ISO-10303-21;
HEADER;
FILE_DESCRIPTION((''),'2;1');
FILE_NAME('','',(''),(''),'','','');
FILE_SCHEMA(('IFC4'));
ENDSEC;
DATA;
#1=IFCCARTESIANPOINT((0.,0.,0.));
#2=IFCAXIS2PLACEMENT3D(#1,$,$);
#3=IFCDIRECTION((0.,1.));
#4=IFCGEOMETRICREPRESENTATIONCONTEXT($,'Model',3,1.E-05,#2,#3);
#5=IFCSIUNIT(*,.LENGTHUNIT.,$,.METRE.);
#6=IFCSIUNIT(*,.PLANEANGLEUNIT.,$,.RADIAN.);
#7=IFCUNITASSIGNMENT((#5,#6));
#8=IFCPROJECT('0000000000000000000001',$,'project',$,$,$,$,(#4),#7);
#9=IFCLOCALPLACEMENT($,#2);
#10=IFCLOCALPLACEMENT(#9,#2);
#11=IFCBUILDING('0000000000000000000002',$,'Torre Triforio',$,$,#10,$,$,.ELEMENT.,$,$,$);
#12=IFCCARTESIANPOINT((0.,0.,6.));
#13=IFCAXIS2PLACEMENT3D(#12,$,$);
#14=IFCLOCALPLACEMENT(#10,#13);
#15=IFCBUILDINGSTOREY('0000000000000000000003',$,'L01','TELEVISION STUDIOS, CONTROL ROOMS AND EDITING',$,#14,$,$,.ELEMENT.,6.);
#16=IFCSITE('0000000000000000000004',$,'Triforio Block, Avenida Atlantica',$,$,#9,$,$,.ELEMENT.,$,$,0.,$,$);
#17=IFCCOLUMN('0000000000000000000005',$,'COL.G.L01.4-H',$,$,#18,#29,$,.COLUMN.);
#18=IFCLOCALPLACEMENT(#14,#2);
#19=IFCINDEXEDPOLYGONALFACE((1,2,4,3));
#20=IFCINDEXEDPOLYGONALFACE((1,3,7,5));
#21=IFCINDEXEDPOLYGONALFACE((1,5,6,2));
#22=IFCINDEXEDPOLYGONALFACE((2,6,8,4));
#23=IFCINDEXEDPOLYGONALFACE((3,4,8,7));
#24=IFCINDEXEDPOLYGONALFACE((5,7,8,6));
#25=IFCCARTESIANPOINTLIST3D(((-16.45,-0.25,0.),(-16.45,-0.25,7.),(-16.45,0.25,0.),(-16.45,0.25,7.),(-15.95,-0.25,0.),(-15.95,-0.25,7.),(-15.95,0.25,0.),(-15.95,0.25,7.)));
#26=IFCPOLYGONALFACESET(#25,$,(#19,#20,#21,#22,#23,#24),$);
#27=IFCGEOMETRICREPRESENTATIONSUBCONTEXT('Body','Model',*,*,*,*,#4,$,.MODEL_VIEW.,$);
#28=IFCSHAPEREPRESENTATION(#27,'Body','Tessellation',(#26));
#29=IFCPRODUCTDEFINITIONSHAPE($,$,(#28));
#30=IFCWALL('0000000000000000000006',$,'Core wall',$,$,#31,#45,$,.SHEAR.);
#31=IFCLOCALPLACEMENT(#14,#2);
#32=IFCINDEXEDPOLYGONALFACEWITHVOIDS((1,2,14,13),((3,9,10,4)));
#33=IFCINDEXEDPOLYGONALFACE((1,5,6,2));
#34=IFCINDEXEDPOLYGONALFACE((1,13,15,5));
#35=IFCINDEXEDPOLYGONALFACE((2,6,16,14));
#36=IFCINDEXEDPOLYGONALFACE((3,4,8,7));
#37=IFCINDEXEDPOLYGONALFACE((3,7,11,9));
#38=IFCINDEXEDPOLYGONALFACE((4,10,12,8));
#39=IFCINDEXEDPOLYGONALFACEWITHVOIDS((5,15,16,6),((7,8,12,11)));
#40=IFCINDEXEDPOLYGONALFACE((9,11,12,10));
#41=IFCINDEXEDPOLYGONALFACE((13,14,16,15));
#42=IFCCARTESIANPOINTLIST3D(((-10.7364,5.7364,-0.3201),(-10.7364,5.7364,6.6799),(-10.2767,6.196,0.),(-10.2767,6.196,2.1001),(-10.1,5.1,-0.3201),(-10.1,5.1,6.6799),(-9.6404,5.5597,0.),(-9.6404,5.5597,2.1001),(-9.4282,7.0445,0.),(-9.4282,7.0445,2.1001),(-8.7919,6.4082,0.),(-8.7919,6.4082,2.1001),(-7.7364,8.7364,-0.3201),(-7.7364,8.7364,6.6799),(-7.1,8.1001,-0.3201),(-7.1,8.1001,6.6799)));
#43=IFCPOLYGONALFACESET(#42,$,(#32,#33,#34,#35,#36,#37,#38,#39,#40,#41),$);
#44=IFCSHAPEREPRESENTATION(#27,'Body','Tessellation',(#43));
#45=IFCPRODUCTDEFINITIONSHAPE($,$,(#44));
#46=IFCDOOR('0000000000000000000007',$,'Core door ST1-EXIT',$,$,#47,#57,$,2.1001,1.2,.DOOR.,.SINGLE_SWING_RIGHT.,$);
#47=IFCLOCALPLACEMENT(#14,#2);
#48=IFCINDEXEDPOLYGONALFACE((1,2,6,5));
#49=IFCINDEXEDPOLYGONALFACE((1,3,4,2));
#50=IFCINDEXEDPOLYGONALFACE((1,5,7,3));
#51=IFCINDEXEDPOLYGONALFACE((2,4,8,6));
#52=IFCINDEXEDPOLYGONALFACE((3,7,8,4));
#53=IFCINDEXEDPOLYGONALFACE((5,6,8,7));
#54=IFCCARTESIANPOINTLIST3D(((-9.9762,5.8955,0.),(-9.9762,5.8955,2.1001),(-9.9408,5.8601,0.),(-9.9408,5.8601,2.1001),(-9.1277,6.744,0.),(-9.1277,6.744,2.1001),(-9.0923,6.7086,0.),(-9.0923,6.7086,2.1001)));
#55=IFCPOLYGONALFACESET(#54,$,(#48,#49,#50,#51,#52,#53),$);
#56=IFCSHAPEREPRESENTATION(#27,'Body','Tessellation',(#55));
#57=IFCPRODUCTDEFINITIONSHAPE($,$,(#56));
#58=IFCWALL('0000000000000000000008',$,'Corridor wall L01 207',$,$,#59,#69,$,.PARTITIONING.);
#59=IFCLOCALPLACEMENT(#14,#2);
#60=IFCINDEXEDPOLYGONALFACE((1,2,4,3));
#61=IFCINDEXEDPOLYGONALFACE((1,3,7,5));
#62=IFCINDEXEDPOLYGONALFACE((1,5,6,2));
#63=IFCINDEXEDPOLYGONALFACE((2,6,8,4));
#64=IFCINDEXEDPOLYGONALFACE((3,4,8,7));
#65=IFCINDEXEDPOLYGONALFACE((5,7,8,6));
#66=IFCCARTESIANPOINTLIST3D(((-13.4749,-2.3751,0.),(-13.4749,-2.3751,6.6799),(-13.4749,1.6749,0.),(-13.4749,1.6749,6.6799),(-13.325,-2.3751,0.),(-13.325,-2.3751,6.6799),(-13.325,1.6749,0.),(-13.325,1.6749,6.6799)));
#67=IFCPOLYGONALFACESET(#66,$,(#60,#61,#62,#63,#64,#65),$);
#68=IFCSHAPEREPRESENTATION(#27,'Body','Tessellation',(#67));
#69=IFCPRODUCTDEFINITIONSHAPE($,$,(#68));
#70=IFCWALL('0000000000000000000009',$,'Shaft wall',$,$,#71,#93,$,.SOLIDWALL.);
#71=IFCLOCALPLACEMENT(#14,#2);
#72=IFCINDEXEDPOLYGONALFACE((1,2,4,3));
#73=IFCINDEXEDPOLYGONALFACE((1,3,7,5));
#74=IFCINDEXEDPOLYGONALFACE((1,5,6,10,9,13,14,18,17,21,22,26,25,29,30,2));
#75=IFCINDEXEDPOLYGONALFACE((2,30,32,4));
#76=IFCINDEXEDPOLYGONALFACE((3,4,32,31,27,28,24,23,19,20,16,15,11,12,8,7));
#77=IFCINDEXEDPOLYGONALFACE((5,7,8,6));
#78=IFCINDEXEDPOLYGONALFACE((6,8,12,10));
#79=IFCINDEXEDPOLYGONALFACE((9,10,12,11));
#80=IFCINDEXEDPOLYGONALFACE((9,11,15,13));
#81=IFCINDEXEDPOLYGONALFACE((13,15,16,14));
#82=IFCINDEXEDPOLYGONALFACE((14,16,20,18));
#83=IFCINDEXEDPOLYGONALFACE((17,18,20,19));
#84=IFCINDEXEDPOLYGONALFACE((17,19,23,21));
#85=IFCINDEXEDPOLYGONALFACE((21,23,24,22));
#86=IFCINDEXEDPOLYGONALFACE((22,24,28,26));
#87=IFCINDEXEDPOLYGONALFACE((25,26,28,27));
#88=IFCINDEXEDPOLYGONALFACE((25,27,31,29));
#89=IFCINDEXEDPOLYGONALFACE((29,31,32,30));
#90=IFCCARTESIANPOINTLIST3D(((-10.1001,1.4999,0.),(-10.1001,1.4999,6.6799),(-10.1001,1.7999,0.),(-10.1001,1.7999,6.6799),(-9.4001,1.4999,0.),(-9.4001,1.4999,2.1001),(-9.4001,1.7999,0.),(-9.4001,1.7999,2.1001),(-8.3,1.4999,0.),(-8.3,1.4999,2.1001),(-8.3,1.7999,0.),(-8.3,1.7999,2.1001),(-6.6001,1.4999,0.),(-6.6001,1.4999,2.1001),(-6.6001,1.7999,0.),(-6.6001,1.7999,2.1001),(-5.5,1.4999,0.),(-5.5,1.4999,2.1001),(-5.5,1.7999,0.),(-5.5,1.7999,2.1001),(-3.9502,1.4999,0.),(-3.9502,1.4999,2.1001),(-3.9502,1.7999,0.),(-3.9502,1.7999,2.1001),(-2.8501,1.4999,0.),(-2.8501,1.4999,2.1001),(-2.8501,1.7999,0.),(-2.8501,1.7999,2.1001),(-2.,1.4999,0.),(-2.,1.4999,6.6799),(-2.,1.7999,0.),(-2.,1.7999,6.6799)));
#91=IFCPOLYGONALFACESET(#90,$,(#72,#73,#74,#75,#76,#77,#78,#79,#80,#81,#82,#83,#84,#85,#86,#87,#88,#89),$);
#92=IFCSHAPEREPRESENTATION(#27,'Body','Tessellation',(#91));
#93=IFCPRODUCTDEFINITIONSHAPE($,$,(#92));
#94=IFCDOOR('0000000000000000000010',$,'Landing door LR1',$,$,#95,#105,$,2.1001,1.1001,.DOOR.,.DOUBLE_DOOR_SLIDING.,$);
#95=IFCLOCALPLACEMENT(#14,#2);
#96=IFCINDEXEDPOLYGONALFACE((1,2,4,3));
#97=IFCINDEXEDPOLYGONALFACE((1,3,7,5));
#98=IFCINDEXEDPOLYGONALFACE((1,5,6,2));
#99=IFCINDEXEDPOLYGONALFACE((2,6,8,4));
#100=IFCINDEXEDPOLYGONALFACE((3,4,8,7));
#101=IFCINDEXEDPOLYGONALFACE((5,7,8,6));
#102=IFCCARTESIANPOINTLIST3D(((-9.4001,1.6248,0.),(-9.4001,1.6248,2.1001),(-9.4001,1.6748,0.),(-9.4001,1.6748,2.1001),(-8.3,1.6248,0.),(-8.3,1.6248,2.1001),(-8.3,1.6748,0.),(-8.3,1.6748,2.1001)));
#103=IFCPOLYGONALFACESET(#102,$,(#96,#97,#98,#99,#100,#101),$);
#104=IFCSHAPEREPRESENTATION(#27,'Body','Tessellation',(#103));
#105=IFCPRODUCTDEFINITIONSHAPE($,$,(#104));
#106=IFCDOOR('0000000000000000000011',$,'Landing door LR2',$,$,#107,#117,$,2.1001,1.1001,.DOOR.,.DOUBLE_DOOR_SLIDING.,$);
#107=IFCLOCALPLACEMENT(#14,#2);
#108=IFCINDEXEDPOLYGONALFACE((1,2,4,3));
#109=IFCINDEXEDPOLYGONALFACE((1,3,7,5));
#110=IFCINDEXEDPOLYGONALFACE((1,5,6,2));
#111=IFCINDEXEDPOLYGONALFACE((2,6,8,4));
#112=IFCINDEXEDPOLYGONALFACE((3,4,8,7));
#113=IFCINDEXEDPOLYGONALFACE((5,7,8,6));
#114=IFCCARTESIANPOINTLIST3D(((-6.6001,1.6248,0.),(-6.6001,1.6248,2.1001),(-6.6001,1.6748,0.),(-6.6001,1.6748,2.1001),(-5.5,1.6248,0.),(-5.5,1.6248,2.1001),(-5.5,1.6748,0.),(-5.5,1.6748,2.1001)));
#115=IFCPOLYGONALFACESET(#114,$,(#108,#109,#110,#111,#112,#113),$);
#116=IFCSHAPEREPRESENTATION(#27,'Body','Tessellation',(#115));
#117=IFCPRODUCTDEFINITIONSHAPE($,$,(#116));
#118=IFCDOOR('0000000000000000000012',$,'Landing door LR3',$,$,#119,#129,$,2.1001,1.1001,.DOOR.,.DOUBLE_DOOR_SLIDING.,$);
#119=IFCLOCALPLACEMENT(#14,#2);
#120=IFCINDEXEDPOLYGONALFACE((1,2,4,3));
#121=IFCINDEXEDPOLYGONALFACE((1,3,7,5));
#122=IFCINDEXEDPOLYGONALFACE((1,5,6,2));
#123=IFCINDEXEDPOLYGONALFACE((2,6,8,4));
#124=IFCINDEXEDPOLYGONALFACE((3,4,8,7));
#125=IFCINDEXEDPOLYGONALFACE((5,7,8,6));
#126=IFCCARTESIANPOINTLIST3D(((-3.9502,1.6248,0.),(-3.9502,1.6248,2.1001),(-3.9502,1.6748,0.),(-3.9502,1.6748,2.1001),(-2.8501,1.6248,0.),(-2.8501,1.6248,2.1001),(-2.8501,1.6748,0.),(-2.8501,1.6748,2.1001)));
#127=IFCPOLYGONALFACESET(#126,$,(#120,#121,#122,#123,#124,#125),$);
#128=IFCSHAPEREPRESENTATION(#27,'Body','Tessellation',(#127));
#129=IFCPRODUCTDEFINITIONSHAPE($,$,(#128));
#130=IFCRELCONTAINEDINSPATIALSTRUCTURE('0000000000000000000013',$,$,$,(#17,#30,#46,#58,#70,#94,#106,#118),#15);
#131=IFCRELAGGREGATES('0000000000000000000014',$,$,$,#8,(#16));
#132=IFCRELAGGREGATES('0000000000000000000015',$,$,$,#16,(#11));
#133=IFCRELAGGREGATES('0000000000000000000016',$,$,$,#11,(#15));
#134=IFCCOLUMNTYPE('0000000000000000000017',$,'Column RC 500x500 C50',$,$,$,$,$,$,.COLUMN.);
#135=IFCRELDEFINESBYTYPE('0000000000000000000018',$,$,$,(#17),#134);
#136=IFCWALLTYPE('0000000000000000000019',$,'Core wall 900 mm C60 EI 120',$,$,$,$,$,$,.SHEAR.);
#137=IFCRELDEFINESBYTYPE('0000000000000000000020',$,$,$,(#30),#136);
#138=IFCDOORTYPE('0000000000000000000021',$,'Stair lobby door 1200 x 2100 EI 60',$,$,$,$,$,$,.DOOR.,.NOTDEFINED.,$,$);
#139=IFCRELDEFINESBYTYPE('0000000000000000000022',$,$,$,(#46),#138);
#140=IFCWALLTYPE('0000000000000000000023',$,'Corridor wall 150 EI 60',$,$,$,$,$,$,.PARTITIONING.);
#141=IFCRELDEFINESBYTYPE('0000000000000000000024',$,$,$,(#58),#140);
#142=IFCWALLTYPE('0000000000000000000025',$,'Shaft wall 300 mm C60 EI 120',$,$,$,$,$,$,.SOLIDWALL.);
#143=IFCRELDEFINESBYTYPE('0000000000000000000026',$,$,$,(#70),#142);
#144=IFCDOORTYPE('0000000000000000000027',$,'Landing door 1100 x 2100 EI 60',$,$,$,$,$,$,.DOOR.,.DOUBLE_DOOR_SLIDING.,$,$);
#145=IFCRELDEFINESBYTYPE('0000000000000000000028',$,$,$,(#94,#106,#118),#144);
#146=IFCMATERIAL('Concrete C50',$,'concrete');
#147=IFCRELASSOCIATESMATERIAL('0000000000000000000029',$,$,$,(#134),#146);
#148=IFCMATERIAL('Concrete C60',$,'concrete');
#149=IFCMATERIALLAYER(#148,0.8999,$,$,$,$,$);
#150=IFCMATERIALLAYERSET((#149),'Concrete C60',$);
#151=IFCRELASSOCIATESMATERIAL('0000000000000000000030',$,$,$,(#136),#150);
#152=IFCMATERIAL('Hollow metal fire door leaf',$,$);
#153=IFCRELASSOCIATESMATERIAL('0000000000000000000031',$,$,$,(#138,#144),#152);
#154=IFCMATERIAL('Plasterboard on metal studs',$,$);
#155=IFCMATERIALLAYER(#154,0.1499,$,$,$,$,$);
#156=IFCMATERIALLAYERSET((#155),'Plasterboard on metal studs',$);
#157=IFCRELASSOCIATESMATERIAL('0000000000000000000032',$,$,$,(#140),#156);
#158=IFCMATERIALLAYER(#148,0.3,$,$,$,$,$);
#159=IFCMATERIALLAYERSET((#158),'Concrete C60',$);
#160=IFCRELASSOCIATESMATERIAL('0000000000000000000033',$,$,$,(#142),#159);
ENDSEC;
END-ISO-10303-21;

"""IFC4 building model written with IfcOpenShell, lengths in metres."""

from ifc_helpers import new_model, si_unit, direction, frame, frame_2d, origin, origin_2d, place, context, subcontext, project, spatial, rectangle, extrude, material, layer, layer_set, material_profile, profile_set, type_object, element, fill, save


model = new_model("IFC4")

# Units and contexts
model_context = context("Model", 3, precision=1e-05, world=origin(), true_north=direction((0.0, 1.0)))
body_context = subcontext(model_context, "Body", "Model", "MODEL_VIEW")
ifc_project = project(units=[si_unit("LENGTHUNIT", "METRE"), si_unit("PLANEANGLEUNIT", "RADIAN")], contexts=[model_context])

# Site, building, storey
site_placement = place(None, origin())
site = spatial("IfcSite", under=ifc_project, at=site_placement, Name="Triforio Block, Avenida Atlantica", CompositionType="ELEMENT", RefElevation=0.0)
building_placement = place(site_placement, origin())
building = spatial("IfcBuilding", under=site, at=building_placement, Name="Torre Triforio", CompositionType="ELEMENT")
storey_placement = place(building_placement, frame((0.0, 0.0, 6.0)))
storey = spatial("IfcBuildingStorey", under=building, at=storey_placement, Name="L01", Description="TELEVISION STUDIOS, CONTROL ROOMS AND EDITING", CompositionType="ELEMENT", Elevation=6.0)

# Column
ifc_material_1 = material(Name="Concrete C50", Category="concrete")
ifc_material_profile = material_profile(ifc_material_1, rectangle(XDim=0.5, YDim=0.5, at=origin_2d()), Name="RC 500x500")
ifc_profile_set = profile_set([ifc_material_profile], Name="Concrete C50")
column_type = type_object("IfcColumnType", Name="Column RC 500x500 C50", PredefinedType="COLUMN", material=ifc_profile_set)
column_placement = place(storey_placement, frame((-16.2, 0.0, 0.0), z_axis=(0.0, 0.0, 1.0), x_axis=(1.0, 0.0, 0.0)))
element("IfcColumn", 1, at=column_placement, inside=storey, type_object=column_type, Name="COL.G.L01.4-H", PredefinedType="COLUMN", context=body_context, shape_type="SweptSolid", body=[
    extrude(rectangle(XDim=0.5, YDim=0.5, at=origin_2d()), origin(), (0.0, 0.0, 1.0), 7.0),
])

# Wall, opening, door
ifc_material_2 = material(Name="Concrete C60", Category="concrete")
ifc_layer_1 = layer(ifc_material_2, 0.8999)
ifc_layer_set_1 = layer_set([ifc_layer_1], Name="Concrete C60")
wall_type_1 = type_object("IfcWallType", Name="Core wall 900 mm C60 EI 120", PredefinedType="SHEAR", material=ifc_layer_set_1)
wall_1_placement = place(storey_placement, frame((-10.4182, 5.4182, -0.3201), z_axis=(0.0, 0.0, 1.0), x_axis=(0.707107, 0.707107, 0.0)))
wall_1 = element("IfcWall", 2, at=wall_1_placement, inside=storey, type_object=wall_type_1, Name="Core wall", PredefinedType="SHEAR", context=body_context, shape_type="SweptSolid", body=[
    extrude(rectangle(XDim=4.2427, YDim=0.8999, at=frame_2d((2.1213, 0.0))), origin(), (0.0, 0.0, 1.0), 7.0),
])
opening_1_placement = place(wall_1_placement, frame((0.6499, 0.0, 0.3201)))
opening_1 = element("IfcOpeningElement", 3, at=opening_1_placement, cuts=wall_1, PredefinedType="OPENING", context=body_context, shape_type="SweptSolid", body=[
    extrude(rectangle(XDim=1.2, YDim=2.1001, at=frame_2d((0.6001, 1.05))), frame((0.0, 0.46, 0.0), z_axis=(0.0, -1.0, 0.0), x_axis=(1.0, 0.0, 0.0)), (0.0, 0.0, 1.0), 0.9199),
])
ifc_material_3 = material(Name="Hollow metal fire door leaf")
door_type_1 = type_object("IfcDoorType", Name="Stair lobby door 1200 x 2100 EI 60", OperationType="NOTDEFINED", PredefinedType="DOOR", material=ifc_material_3)
door_1_placement = place(opening_1_placement, origin())
door_1 = element("IfcDoor", 4, at=door_1_placement, inside=storey, type_object=door_type_1, Name="Core door ST1-EXIT", OperationType="SINGLE_SWING_RIGHT", OverallHeight=2.1001, OverallWidth=1.2, PredefinedType="DOOR", context=body_context, shape_type="SweptSolid", body=[
    extrude(rectangle(XDim=1.2, YDim=2.1001, at=frame_2d((0.6001, 1.05))), frame((0.0, 0.0249, 0.0), z_axis=(0.0, -1.0, 0.0), x_axis=(1.0, 0.0, 0.0)), (0.0, 0.0, 1.0), 0.05),
])
fill(opening_1, door_1)

# Wall
ifc_material_4 = material(Name="Plasterboard on metal studs")
ifc_layer_2 = layer(ifc_material_4, 0.1499)
ifc_layer_set_2 = layer_set([ifc_layer_2], Name="Plasterboard on metal studs")
wall_type_2 = type_object("IfcWallType", Name="Corridor wall 150 EI 60", PredefinedType="PARTITIONING", material=ifc_layer_set_2)
wall_2_placement = place(storey_placement, frame((-13.3999, -2.375, 0.0), z_axis=(0.0, 0.0, 1.0), x_axis=(0.0, 1.0, 0.0)))
element("IfcWall", 5, at=wall_2_placement, inside=storey, type_object=wall_type_2, Name="Corridor wall L01 207", PredefinedType="PARTITIONING", context=body_context, shape_type="SweptSolid", body=[
    extrude(rectangle(XDim=4.05, YDim=0.1499, at=frame_2d((2.0249, 0.0))), origin(), (0.0, 0.0, 1.0), 6.6799),
])

# Wall, openings, doors
ifc_layer_3 = layer(ifc_material_2, 0.3)
ifc_layer_set_3 = layer_set([ifc_layer_3], Name="Concrete C60")
wall_type_3 = type_object("IfcWallType", Name="Shaft wall 300 mm C60 EI 120", PredefinedType="SOLIDWALL", material=ifc_layer_set_3)
wall_3_placement = place(storey_placement, frame((-10.1001, 1.6499, 0.0), z_axis=(0.0, 0.0, 1.0), x_axis=(1.0, 0.0, 0.0)))
wall_3 = element("IfcWall", 6, at=wall_3_placement, inside=storey, type_object=wall_type_3, Name="Shaft wall", PredefinedType="SOLIDWALL", context=body_context, shape_type="SweptSolid", body=[
    extrude(rectangle(XDim=8.1001, YDim=0.3, at=frame_2d((4.05, 0.0))), origin(), (0.0, 0.0, 1.0), 6.6799),
])
opening_2_placement = place(wall_3_placement, frame((0.7, 0.0, 0.0)))
opening_2 = element("IfcOpeningElement", 7, at=opening_2_placement, cuts=wall_3, PredefinedType="OPENING", context=body_context, shape_type="SweptSolid", body=[
    extrude(rectangle(XDim=1.1001, YDim=2.1001, at=frame_2d((0.55, 1.05))), frame((0.0, 0.1599, 0.0), z_axis=(0.0, -1.0, 0.0), x_axis=(1.0, 0.0, 0.0)), (0.0, 0.0, 1.0), 0.3201),
])
opening_3_placement = place(wall_3_placement, frame((3.5, 0.0, 0.0)))
opening_3 = element("IfcOpeningElement", 8, at=opening_3_placement, cuts=wall_3, PredefinedType="OPENING", context=body_context, shape_type="SweptSolid", body=[
    extrude(rectangle(XDim=1.1001, YDim=2.1001, at=frame_2d((0.55, 1.05))), frame((0.0, 0.1599, 0.0), z_axis=(0.0, -1.0, 0.0), x_axis=(1.0, 0.0, 0.0)), (0.0, 0.0, 1.0), 0.3201),
])
opening_4_placement = place(wall_3_placement, frame((6.1499, 0.0, 0.0)))
opening_4 = element("IfcOpeningElement", 9, at=opening_4_placement, cuts=wall_3, PredefinedType="OPENING", context=body_context, shape_type="SweptSolid", body=[
    extrude(rectangle(XDim=1.1001, YDim=2.1001, at=frame_2d((0.55, 1.05))), frame((0.0, 0.1599, 0.0), z_axis=(0.0, -1.0, 0.0), x_axis=(1.0, 0.0, 0.0)), (0.0, 0.0, 1.0), 0.3201),
])
door_type_2 = type_object("IfcDoorType", Name="Landing door 1100 x 2100 EI 60", OperationType="DOUBLE_DOOR_SLIDING", PredefinedType="DOOR", material=ifc_material_3)
door_2_placement = place(opening_2_placement, origin())
door_2 = element("IfcDoor", 10, at=door_2_placement, inside=storey, type_object=door_type_2, Name="Landing door LR1", OperationType="DOUBLE_DOOR_SLIDING", OverallHeight=2.1001, OverallWidth=1.1001, PredefinedType="DOOR", context=body_context, shape_type="SweptSolid", body=[
    extrude(rectangle(XDim=1.1001, YDim=2.1001, at=frame_2d((0.55, 1.05))), frame((0.0, 0.0249, 0.0), z_axis=(0.0, -1.0, 0.0), x_axis=(1.0, 0.0, 0.0)), (0.0, 0.0, 1.0), 0.05),
])
fill(opening_2, door_2)
door_3_placement = place(opening_3_placement, origin())
door_3 = element("IfcDoor", 11, at=door_3_placement, inside=storey, type_object=door_type_2, Name="Landing door LR2", OperationType="DOUBLE_DOOR_SLIDING", OverallHeight=2.1001, OverallWidth=1.1001, PredefinedType="DOOR", context=body_context, shape_type="SweptSolid", body=[
    extrude(rectangle(XDim=1.1001, YDim=2.1001, at=frame_2d((0.55, 1.05))), frame((0.0, 0.0249, 0.0), z_axis=(0.0, -1.0, 0.0), x_axis=(1.0, 0.0, 0.0)), (0.0, 0.0, 1.0), 0.05),
])
fill(opening_3, door_3)
door_4_placement = place(opening_4_placement, origin())
door_4 = element("IfcDoor", 12, at=door_4_placement, inside=storey, type_object=door_type_2, Name="Landing door LR3", OperationType="DOUBLE_DOOR_SLIDING", OverallHeight=2.1001, OverallWidth=1.1001, PredefinedType="DOOR", context=body_context, shape_type="SweptSolid", body=[
    extrude(rectangle(XDim=1.1001, YDim=2.1001, at=frame_2d((0.55, 1.05))), frame((0.0, 0.0249, 0.0), z_axis=(0.0, -1.0, 0.0), x_axis=(1.0, 0.0, 0.0)), (0.0, 0.0, 1.0), 0.05),
])
fill(opening_4, door_4)

save(model, "model.ifc")
